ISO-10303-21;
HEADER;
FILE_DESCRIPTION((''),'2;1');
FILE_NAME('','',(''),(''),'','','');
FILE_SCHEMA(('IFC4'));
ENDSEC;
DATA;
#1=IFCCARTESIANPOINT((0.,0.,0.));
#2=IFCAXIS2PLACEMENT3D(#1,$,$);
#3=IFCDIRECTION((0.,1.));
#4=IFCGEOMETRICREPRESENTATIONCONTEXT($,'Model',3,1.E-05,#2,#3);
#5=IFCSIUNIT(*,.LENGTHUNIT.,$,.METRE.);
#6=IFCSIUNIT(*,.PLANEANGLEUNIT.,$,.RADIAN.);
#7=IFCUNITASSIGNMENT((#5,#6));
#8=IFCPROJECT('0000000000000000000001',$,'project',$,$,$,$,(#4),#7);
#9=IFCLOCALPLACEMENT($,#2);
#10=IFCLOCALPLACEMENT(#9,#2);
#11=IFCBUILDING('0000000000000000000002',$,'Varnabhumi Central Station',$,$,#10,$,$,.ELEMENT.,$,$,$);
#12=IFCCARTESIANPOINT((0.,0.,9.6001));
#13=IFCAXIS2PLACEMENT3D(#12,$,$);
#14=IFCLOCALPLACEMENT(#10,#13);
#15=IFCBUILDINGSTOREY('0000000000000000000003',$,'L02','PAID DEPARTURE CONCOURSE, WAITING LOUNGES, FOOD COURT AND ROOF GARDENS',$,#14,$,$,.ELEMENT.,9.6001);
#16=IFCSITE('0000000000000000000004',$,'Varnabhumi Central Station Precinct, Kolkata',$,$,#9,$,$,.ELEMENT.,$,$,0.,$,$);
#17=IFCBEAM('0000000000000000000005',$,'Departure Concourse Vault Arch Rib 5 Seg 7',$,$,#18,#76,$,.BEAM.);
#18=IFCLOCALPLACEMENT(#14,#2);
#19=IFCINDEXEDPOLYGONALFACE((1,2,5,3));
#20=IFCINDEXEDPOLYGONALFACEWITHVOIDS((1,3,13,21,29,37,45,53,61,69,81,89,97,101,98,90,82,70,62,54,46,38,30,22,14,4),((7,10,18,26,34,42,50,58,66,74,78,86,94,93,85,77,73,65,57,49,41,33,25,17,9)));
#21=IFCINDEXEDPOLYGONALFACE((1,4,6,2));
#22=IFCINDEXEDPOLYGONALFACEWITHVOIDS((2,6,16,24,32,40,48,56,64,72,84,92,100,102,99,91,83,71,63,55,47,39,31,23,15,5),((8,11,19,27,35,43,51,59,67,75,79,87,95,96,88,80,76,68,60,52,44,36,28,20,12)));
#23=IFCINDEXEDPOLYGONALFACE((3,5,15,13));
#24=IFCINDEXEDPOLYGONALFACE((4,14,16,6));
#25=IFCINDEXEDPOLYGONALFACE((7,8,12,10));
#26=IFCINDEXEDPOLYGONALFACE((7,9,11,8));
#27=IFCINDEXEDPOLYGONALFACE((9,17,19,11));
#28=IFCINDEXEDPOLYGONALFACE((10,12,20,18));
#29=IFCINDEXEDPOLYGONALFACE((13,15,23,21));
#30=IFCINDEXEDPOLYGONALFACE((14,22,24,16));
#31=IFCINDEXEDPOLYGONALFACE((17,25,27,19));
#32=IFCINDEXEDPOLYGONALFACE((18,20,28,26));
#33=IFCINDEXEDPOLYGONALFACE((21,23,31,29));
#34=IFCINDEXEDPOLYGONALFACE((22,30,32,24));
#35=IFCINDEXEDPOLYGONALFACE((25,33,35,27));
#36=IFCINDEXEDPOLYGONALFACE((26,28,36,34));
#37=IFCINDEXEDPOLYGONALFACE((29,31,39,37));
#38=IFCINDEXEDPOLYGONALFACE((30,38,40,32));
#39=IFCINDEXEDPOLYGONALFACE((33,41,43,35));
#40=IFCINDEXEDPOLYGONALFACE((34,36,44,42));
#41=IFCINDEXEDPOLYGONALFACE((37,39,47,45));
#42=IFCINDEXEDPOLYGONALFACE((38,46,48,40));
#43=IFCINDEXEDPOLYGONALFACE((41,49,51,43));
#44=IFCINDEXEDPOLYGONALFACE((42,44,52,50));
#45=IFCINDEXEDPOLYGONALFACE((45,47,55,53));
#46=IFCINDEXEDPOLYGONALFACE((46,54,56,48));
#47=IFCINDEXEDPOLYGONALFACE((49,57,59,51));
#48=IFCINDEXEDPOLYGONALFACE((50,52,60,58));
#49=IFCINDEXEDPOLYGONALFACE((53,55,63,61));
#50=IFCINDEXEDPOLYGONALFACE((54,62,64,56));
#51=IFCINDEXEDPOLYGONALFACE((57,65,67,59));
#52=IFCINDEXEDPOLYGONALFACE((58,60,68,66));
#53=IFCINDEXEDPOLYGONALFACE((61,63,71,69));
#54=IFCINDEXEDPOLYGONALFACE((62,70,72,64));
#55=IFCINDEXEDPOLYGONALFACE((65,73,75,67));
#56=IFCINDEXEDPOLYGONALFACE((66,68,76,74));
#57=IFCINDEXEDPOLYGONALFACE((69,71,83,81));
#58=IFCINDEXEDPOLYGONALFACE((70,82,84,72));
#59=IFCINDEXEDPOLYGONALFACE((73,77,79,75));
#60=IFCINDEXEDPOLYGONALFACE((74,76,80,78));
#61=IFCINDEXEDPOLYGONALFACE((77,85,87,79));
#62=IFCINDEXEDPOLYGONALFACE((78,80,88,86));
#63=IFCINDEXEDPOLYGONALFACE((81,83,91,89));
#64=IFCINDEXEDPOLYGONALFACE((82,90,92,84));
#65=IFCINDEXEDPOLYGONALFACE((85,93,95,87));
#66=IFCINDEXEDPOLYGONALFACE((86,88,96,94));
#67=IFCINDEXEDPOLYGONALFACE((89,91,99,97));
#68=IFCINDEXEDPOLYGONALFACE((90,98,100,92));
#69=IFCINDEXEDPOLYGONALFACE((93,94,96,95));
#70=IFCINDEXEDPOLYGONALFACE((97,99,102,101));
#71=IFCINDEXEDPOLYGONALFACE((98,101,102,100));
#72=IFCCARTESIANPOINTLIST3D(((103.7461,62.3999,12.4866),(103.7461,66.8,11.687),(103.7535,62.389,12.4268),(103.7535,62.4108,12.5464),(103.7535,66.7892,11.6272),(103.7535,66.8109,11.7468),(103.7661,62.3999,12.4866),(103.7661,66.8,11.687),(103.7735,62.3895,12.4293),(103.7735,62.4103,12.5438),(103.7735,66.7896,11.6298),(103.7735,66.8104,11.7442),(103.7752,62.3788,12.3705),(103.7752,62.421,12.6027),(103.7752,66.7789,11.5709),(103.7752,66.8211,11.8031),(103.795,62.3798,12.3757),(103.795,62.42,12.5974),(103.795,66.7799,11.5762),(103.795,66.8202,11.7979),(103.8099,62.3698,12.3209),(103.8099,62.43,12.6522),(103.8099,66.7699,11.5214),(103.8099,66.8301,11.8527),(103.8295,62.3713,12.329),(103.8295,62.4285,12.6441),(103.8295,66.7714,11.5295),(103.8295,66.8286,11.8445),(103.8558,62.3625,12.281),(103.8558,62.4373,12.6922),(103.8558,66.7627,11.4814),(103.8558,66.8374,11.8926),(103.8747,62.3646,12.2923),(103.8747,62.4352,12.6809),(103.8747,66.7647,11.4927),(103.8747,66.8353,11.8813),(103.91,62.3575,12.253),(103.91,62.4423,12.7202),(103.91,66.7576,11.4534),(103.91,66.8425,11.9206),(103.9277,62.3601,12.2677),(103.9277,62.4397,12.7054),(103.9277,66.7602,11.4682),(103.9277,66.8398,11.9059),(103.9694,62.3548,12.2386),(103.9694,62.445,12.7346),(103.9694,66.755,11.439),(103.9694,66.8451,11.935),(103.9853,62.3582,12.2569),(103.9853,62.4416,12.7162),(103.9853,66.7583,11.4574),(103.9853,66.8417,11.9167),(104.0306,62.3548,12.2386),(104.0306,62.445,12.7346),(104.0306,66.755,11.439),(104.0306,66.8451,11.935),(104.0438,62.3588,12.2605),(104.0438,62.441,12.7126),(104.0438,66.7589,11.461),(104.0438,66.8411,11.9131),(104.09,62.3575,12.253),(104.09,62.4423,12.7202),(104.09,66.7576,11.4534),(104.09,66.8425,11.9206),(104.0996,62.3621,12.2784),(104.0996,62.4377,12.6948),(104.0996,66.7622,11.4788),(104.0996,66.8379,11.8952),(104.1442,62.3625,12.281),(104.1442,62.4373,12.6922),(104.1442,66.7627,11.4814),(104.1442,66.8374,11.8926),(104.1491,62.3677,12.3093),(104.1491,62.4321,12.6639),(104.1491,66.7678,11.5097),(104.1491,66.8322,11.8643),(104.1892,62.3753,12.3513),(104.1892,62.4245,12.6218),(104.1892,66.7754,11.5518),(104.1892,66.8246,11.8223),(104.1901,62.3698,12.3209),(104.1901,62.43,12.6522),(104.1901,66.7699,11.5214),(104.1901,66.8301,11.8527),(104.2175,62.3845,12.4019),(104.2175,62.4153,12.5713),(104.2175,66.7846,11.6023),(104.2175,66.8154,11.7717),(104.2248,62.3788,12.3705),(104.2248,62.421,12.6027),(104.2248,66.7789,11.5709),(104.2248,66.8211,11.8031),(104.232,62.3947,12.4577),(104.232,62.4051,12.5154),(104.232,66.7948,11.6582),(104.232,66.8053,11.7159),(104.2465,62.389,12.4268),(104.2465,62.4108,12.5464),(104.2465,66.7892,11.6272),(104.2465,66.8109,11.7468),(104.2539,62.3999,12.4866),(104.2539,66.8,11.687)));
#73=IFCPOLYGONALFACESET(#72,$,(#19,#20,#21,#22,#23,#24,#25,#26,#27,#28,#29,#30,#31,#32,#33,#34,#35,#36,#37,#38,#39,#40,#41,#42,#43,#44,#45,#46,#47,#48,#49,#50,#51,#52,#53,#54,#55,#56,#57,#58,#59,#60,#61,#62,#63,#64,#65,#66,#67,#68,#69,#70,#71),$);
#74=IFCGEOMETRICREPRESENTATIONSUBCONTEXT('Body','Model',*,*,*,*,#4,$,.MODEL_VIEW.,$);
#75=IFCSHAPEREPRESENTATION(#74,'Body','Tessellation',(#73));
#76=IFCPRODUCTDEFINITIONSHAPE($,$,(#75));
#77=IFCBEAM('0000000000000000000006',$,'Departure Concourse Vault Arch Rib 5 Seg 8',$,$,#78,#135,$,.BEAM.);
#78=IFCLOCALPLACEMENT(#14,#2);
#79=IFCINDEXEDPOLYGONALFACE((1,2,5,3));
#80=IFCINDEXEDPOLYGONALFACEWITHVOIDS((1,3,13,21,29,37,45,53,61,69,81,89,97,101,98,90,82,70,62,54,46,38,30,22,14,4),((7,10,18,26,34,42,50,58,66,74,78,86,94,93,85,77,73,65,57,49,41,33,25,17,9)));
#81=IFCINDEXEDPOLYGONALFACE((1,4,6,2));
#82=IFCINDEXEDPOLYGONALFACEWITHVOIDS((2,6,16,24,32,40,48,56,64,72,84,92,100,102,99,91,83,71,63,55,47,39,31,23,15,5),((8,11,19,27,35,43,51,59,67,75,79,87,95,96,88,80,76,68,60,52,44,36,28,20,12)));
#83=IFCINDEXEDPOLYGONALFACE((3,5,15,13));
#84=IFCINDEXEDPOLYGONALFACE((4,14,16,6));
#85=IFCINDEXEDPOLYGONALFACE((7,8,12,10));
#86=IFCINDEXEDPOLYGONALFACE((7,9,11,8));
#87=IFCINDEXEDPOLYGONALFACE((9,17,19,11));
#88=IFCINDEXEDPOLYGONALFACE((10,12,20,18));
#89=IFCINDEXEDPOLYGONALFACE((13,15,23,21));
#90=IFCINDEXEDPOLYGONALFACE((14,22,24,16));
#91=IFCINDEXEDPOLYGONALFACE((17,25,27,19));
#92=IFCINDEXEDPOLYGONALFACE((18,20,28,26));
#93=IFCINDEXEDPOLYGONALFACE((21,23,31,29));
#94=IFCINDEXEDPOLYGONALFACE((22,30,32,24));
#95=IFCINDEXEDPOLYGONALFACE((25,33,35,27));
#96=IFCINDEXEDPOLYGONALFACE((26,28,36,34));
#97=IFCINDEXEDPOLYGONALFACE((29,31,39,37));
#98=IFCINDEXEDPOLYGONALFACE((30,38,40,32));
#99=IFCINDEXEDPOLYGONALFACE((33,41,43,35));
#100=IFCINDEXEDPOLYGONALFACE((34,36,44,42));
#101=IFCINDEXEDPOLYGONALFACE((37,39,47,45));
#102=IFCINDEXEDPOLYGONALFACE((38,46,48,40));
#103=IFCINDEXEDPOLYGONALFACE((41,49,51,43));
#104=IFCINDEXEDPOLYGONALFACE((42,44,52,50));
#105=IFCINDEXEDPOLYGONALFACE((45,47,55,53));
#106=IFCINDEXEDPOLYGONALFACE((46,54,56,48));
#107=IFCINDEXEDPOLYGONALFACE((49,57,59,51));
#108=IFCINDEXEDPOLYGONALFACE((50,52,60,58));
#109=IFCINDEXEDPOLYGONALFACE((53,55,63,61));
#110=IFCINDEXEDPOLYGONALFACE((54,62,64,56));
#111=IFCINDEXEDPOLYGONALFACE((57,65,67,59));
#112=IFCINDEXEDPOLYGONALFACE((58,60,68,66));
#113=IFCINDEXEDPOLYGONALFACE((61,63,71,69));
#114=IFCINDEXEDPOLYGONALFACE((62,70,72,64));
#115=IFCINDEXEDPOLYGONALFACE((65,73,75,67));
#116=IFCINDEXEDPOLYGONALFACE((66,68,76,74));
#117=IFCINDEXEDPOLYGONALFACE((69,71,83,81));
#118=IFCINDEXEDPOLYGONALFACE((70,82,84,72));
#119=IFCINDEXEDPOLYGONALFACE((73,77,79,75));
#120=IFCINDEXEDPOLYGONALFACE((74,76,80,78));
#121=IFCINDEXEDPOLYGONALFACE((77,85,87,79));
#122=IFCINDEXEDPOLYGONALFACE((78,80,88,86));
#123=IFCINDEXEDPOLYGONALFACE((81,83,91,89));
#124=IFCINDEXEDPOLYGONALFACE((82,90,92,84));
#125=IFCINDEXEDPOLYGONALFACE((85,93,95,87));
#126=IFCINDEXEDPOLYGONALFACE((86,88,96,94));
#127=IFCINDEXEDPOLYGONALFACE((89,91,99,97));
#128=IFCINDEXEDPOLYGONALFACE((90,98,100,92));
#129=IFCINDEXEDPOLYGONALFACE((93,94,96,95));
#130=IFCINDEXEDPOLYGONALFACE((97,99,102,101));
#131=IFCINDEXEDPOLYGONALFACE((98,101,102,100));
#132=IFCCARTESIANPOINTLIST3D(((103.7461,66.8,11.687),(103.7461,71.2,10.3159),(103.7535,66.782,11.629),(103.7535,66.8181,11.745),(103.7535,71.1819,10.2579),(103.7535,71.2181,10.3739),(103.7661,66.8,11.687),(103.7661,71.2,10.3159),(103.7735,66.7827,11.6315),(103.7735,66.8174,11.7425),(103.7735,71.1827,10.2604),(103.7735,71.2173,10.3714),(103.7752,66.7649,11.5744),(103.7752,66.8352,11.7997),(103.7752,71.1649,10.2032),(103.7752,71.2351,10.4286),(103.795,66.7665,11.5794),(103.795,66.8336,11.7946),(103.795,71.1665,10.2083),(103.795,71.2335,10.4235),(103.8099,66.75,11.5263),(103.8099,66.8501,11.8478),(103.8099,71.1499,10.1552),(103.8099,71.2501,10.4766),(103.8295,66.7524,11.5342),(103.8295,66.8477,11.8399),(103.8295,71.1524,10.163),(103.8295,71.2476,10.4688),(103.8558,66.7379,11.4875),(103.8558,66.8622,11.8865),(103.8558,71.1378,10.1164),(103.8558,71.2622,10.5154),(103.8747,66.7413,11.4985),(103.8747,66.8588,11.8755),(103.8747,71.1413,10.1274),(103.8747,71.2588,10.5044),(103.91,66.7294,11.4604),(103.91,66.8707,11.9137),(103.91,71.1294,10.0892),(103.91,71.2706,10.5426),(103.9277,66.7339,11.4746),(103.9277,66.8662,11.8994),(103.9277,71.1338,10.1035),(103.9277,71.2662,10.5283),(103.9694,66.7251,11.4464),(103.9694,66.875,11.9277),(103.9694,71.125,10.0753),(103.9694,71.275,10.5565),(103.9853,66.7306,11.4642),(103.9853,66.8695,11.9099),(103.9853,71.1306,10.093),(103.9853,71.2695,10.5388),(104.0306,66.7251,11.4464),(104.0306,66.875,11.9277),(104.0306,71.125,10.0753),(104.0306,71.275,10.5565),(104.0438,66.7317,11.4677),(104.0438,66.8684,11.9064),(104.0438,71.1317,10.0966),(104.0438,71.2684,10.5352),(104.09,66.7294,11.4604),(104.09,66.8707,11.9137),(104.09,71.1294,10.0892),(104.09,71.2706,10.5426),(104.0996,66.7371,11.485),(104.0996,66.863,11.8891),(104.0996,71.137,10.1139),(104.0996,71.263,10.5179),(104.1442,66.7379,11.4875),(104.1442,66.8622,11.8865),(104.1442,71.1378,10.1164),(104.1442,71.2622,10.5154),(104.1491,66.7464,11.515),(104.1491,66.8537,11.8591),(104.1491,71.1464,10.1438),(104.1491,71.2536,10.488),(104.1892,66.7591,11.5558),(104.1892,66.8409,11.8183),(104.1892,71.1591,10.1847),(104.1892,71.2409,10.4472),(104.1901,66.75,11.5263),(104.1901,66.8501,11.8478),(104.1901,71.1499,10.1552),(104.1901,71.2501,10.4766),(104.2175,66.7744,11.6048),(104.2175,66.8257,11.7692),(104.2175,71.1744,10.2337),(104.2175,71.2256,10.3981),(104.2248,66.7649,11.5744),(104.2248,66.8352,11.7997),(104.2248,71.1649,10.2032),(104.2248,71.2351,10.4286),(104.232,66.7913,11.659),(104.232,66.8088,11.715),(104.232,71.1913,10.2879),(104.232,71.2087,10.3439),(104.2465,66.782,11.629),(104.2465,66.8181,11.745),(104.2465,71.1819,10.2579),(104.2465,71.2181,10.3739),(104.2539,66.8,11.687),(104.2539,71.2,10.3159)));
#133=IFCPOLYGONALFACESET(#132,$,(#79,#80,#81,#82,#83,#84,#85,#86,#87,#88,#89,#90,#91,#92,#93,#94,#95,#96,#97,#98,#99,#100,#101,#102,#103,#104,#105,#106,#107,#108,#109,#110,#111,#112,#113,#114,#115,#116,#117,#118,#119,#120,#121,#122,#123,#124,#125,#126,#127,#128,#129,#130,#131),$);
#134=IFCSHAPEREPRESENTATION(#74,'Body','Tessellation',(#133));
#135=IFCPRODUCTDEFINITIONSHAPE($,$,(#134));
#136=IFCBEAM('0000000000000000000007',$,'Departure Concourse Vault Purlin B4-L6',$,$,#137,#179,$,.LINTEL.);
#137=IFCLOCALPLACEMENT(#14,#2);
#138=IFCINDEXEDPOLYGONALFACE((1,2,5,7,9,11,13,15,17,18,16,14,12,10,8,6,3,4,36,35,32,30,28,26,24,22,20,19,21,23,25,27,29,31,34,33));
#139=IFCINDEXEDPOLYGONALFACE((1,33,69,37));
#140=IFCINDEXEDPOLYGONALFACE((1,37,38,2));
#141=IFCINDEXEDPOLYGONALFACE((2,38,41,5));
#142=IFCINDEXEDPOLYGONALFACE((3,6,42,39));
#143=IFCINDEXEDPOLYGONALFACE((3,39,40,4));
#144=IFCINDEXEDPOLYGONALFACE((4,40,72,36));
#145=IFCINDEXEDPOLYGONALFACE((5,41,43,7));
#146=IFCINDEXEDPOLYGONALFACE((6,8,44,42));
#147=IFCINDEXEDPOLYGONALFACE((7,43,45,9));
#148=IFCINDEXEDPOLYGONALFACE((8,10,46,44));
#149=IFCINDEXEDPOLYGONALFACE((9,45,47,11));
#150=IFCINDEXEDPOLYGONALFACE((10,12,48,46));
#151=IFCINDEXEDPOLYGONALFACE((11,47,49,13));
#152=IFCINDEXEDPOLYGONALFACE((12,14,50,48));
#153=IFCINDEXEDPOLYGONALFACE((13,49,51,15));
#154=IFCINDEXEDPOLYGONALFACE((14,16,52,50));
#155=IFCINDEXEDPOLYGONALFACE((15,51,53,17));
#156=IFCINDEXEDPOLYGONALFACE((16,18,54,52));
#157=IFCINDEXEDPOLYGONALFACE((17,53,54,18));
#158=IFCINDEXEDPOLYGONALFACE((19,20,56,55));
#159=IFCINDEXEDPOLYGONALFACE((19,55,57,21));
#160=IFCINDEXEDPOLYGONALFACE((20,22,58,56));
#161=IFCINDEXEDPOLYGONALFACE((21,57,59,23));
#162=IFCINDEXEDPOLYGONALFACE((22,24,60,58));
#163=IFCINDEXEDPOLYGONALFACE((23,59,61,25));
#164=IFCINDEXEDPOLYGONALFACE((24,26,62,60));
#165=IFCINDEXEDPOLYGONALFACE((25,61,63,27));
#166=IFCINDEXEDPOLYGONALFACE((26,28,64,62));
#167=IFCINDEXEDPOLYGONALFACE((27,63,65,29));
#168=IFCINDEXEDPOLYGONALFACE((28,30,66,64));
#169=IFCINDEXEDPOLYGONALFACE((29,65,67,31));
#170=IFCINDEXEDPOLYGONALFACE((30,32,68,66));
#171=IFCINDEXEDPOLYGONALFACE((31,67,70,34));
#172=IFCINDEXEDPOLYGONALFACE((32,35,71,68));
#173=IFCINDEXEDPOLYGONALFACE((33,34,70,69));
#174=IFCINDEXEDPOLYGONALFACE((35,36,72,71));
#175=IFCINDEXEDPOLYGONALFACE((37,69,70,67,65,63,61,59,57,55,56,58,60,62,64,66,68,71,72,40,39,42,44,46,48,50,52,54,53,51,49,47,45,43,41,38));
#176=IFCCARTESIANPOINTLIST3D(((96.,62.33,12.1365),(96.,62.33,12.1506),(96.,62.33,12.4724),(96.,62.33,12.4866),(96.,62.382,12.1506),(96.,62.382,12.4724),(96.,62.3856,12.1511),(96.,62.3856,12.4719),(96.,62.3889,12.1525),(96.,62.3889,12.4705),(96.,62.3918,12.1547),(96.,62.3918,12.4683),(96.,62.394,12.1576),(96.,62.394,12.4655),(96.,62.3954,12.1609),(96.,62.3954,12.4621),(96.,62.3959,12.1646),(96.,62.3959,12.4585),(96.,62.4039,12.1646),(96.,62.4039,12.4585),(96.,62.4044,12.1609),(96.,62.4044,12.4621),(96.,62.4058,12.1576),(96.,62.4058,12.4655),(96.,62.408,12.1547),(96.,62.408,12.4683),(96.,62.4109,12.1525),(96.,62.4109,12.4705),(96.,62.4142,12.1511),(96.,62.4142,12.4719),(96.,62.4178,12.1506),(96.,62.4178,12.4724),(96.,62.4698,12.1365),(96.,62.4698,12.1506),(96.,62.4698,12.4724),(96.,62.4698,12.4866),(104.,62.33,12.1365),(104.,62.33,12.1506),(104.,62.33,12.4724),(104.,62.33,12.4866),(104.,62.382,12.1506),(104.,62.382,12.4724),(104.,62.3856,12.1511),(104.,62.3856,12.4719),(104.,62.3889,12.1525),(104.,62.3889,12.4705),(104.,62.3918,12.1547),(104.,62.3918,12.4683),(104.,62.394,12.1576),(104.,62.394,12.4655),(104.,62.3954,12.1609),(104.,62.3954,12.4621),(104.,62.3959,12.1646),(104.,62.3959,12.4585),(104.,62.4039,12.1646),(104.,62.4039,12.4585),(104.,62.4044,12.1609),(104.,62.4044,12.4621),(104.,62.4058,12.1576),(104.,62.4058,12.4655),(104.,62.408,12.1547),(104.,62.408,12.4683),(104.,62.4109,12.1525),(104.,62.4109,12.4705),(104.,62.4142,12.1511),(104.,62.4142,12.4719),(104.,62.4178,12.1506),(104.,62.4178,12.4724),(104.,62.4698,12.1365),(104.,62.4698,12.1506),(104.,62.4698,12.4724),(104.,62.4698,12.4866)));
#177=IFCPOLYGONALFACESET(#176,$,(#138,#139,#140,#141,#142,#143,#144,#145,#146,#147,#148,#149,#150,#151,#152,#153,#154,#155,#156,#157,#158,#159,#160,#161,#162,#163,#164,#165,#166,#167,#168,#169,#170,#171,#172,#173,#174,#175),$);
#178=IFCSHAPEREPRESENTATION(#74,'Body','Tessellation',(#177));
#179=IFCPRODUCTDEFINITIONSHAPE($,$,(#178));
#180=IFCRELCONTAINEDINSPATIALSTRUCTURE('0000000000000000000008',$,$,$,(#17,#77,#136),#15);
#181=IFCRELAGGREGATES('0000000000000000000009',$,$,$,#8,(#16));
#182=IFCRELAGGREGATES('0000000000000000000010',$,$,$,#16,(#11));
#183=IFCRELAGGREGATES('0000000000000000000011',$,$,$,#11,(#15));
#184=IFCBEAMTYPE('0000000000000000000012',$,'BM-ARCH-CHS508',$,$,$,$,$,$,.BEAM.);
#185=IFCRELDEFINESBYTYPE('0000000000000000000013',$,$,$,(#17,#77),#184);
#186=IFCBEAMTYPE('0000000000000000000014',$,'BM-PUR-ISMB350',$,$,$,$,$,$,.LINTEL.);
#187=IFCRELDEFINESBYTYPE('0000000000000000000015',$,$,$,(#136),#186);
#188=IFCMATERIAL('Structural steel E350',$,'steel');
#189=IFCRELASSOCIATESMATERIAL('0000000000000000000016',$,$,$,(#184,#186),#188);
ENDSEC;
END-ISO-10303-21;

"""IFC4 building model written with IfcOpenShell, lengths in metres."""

from ifc_helpers import new_model, si_unit, direction, frame, origin, origin_2d, place, context, subcontext, project, spatial, hollow_circle, i_section, extrude, material, material_profile, profile_set, type_object, element, save


model = new_model("IFC4")

# Units and contexts
model_context = context("Model", 3, precision=1e-05, world=origin(), true_north=direction((0.0, 1.0)))
body_context = subcontext(model_context, "Body", "Model", "MODEL_VIEW")
ifc_project = project(units=[si_unit("LENGTHUNIT", "METRE"), si_unit("PLANEANGLEUNIT", "RADIAN")], contexts=[model_context])

# Site, building, storey
site_placement = place(None, origin())
site = spatial("IfcSite", under=ifc_project, at=site_placement, Name="Varnabhumi Central Station Precinct, Kolkata", CompositionType="ELEMENT", RefElevation=0.0)
building_placement = place(site_placement, origin())
building = spatial("IfcBuilding", under=site, at=building_placement, Name="Varnabhumi Central Station", CompositionType="ELEMENT")
storey_placement = place(building_placement, frame((0.0, 0.0, 9.6001)))
storey = spatial("IfcBuildingStorey", under=building, at=storey_placement, Name="L02", Description="PAID DEPARTURE CONCOURSE, WAITING LOUNGES, FOOD COURT AND ROOF GARDENS", CompositionType="ELEMENT", Elevation=9.6001)

# Beams
ifc_material_1 = material(Name="Structural steel E350", Category="steel")
ifc_material_profile_1 = material_profile(ifc_material_1, hollow_circle(Radius=0.2539, WallThickness=0.02, at=origin_2d()), Name="Structural steel E350", Category="steel")
ifc_profile_set_1 = profile_set([ifc_material_profile_1], Name="Structural steel E350")
beam_type_1 = type_object("IfcBeamType", Name="BM-ARCH-CHS508", PredefinedType="BEAM", material=ifc_profile_set_1)
beam_1_placement = place(storey_placement, frame((104.0, 62.3999, 12.4866), z_axis=(0.0, 0.983888, -0.178785), x_axis=(-1.0, 0.0, 0.0)))
element("IfcBeam", 1, at=beam_1_placement, inside=storey, type_object=beam_type_1, Name="Departure Concourse Vault Arch Rib 5 Seg 7", PredefinedType="BEAM", context=body_context, shape_type="SweptSolid", body=[
    extrude(hollow_circle(Radius=0.2539, WallThickness=0.02, at=origin_2d()), origin(), (0.0, 0.0, 1.0), 4.4722),
])
beam_2_placement = place(storey_placement, frame((104.0, 66.8, 11.687), z_axis=(0.0, 0.954719, -0.297509), x_axis=(-1.0, 0.0, 0.0)))
element("IfcBeam", 2, at=beam_2_placement, inside=storey, type_object=beam_type_1, Name="Departure Concourse Vault Arch Rib 5 Seg 8", PredefinedType="BEAM", context=body_context, shape_type="SweptSolid", body=[
    extrude(hollow_circle(Radius=0.2539, WallThickness=0.02, at=origin_2d()), origin(), (0.0, 0.0, 1.0), 4.6086),
])
ifc_material_profile_2 = material_profile(ifc_material_1, i_section(OverallWidth=0.1399, OverallDepth=0.3501, WebThickness=0.0081, FlangeThickness=0.0142, FilletRadius=0.0139, at=origin_2d()), Name="Structural steel E350", Category="steel")
ifc_profile_set_2 = profile_set([ifc_material_profile_2], Name="Structural steel E350")
beam_type_2 = type_object("IfcBeamType", Name="BM-PUR-ISMB350", PredefinedType="LINTEL", material=ifc_profile_set_2)
for number, where, z_axis, x_axis, name in (
    (3, (96.0, 62.3999, 12.3115), (1.0, 0.0, 0.0), (0.0, 1.0, 0.0), "Departure Concourse Vault Purlin B4-L6"),
):
    element("IfcBeam", number, at=place(storey_placement, frame(where, z_axis=z_axis, x_axis=x_axis)), inside=storey, type_object=beam_type_2, Name=name, PredefinedType="LINTEL", context=body_context, shape_type="SweptSolid", body=[
        extrude(i_section(OverallWidth=0.1399, OverallDepth=0.3501, WebThickness=0.0081, FlangeThickness=0.0142, FilletRadius=0.0139, at=origin_2d()), origin(), (0.0, 0.0, 1.0), 8.0),
    ])

save(model, "model.ifc")
